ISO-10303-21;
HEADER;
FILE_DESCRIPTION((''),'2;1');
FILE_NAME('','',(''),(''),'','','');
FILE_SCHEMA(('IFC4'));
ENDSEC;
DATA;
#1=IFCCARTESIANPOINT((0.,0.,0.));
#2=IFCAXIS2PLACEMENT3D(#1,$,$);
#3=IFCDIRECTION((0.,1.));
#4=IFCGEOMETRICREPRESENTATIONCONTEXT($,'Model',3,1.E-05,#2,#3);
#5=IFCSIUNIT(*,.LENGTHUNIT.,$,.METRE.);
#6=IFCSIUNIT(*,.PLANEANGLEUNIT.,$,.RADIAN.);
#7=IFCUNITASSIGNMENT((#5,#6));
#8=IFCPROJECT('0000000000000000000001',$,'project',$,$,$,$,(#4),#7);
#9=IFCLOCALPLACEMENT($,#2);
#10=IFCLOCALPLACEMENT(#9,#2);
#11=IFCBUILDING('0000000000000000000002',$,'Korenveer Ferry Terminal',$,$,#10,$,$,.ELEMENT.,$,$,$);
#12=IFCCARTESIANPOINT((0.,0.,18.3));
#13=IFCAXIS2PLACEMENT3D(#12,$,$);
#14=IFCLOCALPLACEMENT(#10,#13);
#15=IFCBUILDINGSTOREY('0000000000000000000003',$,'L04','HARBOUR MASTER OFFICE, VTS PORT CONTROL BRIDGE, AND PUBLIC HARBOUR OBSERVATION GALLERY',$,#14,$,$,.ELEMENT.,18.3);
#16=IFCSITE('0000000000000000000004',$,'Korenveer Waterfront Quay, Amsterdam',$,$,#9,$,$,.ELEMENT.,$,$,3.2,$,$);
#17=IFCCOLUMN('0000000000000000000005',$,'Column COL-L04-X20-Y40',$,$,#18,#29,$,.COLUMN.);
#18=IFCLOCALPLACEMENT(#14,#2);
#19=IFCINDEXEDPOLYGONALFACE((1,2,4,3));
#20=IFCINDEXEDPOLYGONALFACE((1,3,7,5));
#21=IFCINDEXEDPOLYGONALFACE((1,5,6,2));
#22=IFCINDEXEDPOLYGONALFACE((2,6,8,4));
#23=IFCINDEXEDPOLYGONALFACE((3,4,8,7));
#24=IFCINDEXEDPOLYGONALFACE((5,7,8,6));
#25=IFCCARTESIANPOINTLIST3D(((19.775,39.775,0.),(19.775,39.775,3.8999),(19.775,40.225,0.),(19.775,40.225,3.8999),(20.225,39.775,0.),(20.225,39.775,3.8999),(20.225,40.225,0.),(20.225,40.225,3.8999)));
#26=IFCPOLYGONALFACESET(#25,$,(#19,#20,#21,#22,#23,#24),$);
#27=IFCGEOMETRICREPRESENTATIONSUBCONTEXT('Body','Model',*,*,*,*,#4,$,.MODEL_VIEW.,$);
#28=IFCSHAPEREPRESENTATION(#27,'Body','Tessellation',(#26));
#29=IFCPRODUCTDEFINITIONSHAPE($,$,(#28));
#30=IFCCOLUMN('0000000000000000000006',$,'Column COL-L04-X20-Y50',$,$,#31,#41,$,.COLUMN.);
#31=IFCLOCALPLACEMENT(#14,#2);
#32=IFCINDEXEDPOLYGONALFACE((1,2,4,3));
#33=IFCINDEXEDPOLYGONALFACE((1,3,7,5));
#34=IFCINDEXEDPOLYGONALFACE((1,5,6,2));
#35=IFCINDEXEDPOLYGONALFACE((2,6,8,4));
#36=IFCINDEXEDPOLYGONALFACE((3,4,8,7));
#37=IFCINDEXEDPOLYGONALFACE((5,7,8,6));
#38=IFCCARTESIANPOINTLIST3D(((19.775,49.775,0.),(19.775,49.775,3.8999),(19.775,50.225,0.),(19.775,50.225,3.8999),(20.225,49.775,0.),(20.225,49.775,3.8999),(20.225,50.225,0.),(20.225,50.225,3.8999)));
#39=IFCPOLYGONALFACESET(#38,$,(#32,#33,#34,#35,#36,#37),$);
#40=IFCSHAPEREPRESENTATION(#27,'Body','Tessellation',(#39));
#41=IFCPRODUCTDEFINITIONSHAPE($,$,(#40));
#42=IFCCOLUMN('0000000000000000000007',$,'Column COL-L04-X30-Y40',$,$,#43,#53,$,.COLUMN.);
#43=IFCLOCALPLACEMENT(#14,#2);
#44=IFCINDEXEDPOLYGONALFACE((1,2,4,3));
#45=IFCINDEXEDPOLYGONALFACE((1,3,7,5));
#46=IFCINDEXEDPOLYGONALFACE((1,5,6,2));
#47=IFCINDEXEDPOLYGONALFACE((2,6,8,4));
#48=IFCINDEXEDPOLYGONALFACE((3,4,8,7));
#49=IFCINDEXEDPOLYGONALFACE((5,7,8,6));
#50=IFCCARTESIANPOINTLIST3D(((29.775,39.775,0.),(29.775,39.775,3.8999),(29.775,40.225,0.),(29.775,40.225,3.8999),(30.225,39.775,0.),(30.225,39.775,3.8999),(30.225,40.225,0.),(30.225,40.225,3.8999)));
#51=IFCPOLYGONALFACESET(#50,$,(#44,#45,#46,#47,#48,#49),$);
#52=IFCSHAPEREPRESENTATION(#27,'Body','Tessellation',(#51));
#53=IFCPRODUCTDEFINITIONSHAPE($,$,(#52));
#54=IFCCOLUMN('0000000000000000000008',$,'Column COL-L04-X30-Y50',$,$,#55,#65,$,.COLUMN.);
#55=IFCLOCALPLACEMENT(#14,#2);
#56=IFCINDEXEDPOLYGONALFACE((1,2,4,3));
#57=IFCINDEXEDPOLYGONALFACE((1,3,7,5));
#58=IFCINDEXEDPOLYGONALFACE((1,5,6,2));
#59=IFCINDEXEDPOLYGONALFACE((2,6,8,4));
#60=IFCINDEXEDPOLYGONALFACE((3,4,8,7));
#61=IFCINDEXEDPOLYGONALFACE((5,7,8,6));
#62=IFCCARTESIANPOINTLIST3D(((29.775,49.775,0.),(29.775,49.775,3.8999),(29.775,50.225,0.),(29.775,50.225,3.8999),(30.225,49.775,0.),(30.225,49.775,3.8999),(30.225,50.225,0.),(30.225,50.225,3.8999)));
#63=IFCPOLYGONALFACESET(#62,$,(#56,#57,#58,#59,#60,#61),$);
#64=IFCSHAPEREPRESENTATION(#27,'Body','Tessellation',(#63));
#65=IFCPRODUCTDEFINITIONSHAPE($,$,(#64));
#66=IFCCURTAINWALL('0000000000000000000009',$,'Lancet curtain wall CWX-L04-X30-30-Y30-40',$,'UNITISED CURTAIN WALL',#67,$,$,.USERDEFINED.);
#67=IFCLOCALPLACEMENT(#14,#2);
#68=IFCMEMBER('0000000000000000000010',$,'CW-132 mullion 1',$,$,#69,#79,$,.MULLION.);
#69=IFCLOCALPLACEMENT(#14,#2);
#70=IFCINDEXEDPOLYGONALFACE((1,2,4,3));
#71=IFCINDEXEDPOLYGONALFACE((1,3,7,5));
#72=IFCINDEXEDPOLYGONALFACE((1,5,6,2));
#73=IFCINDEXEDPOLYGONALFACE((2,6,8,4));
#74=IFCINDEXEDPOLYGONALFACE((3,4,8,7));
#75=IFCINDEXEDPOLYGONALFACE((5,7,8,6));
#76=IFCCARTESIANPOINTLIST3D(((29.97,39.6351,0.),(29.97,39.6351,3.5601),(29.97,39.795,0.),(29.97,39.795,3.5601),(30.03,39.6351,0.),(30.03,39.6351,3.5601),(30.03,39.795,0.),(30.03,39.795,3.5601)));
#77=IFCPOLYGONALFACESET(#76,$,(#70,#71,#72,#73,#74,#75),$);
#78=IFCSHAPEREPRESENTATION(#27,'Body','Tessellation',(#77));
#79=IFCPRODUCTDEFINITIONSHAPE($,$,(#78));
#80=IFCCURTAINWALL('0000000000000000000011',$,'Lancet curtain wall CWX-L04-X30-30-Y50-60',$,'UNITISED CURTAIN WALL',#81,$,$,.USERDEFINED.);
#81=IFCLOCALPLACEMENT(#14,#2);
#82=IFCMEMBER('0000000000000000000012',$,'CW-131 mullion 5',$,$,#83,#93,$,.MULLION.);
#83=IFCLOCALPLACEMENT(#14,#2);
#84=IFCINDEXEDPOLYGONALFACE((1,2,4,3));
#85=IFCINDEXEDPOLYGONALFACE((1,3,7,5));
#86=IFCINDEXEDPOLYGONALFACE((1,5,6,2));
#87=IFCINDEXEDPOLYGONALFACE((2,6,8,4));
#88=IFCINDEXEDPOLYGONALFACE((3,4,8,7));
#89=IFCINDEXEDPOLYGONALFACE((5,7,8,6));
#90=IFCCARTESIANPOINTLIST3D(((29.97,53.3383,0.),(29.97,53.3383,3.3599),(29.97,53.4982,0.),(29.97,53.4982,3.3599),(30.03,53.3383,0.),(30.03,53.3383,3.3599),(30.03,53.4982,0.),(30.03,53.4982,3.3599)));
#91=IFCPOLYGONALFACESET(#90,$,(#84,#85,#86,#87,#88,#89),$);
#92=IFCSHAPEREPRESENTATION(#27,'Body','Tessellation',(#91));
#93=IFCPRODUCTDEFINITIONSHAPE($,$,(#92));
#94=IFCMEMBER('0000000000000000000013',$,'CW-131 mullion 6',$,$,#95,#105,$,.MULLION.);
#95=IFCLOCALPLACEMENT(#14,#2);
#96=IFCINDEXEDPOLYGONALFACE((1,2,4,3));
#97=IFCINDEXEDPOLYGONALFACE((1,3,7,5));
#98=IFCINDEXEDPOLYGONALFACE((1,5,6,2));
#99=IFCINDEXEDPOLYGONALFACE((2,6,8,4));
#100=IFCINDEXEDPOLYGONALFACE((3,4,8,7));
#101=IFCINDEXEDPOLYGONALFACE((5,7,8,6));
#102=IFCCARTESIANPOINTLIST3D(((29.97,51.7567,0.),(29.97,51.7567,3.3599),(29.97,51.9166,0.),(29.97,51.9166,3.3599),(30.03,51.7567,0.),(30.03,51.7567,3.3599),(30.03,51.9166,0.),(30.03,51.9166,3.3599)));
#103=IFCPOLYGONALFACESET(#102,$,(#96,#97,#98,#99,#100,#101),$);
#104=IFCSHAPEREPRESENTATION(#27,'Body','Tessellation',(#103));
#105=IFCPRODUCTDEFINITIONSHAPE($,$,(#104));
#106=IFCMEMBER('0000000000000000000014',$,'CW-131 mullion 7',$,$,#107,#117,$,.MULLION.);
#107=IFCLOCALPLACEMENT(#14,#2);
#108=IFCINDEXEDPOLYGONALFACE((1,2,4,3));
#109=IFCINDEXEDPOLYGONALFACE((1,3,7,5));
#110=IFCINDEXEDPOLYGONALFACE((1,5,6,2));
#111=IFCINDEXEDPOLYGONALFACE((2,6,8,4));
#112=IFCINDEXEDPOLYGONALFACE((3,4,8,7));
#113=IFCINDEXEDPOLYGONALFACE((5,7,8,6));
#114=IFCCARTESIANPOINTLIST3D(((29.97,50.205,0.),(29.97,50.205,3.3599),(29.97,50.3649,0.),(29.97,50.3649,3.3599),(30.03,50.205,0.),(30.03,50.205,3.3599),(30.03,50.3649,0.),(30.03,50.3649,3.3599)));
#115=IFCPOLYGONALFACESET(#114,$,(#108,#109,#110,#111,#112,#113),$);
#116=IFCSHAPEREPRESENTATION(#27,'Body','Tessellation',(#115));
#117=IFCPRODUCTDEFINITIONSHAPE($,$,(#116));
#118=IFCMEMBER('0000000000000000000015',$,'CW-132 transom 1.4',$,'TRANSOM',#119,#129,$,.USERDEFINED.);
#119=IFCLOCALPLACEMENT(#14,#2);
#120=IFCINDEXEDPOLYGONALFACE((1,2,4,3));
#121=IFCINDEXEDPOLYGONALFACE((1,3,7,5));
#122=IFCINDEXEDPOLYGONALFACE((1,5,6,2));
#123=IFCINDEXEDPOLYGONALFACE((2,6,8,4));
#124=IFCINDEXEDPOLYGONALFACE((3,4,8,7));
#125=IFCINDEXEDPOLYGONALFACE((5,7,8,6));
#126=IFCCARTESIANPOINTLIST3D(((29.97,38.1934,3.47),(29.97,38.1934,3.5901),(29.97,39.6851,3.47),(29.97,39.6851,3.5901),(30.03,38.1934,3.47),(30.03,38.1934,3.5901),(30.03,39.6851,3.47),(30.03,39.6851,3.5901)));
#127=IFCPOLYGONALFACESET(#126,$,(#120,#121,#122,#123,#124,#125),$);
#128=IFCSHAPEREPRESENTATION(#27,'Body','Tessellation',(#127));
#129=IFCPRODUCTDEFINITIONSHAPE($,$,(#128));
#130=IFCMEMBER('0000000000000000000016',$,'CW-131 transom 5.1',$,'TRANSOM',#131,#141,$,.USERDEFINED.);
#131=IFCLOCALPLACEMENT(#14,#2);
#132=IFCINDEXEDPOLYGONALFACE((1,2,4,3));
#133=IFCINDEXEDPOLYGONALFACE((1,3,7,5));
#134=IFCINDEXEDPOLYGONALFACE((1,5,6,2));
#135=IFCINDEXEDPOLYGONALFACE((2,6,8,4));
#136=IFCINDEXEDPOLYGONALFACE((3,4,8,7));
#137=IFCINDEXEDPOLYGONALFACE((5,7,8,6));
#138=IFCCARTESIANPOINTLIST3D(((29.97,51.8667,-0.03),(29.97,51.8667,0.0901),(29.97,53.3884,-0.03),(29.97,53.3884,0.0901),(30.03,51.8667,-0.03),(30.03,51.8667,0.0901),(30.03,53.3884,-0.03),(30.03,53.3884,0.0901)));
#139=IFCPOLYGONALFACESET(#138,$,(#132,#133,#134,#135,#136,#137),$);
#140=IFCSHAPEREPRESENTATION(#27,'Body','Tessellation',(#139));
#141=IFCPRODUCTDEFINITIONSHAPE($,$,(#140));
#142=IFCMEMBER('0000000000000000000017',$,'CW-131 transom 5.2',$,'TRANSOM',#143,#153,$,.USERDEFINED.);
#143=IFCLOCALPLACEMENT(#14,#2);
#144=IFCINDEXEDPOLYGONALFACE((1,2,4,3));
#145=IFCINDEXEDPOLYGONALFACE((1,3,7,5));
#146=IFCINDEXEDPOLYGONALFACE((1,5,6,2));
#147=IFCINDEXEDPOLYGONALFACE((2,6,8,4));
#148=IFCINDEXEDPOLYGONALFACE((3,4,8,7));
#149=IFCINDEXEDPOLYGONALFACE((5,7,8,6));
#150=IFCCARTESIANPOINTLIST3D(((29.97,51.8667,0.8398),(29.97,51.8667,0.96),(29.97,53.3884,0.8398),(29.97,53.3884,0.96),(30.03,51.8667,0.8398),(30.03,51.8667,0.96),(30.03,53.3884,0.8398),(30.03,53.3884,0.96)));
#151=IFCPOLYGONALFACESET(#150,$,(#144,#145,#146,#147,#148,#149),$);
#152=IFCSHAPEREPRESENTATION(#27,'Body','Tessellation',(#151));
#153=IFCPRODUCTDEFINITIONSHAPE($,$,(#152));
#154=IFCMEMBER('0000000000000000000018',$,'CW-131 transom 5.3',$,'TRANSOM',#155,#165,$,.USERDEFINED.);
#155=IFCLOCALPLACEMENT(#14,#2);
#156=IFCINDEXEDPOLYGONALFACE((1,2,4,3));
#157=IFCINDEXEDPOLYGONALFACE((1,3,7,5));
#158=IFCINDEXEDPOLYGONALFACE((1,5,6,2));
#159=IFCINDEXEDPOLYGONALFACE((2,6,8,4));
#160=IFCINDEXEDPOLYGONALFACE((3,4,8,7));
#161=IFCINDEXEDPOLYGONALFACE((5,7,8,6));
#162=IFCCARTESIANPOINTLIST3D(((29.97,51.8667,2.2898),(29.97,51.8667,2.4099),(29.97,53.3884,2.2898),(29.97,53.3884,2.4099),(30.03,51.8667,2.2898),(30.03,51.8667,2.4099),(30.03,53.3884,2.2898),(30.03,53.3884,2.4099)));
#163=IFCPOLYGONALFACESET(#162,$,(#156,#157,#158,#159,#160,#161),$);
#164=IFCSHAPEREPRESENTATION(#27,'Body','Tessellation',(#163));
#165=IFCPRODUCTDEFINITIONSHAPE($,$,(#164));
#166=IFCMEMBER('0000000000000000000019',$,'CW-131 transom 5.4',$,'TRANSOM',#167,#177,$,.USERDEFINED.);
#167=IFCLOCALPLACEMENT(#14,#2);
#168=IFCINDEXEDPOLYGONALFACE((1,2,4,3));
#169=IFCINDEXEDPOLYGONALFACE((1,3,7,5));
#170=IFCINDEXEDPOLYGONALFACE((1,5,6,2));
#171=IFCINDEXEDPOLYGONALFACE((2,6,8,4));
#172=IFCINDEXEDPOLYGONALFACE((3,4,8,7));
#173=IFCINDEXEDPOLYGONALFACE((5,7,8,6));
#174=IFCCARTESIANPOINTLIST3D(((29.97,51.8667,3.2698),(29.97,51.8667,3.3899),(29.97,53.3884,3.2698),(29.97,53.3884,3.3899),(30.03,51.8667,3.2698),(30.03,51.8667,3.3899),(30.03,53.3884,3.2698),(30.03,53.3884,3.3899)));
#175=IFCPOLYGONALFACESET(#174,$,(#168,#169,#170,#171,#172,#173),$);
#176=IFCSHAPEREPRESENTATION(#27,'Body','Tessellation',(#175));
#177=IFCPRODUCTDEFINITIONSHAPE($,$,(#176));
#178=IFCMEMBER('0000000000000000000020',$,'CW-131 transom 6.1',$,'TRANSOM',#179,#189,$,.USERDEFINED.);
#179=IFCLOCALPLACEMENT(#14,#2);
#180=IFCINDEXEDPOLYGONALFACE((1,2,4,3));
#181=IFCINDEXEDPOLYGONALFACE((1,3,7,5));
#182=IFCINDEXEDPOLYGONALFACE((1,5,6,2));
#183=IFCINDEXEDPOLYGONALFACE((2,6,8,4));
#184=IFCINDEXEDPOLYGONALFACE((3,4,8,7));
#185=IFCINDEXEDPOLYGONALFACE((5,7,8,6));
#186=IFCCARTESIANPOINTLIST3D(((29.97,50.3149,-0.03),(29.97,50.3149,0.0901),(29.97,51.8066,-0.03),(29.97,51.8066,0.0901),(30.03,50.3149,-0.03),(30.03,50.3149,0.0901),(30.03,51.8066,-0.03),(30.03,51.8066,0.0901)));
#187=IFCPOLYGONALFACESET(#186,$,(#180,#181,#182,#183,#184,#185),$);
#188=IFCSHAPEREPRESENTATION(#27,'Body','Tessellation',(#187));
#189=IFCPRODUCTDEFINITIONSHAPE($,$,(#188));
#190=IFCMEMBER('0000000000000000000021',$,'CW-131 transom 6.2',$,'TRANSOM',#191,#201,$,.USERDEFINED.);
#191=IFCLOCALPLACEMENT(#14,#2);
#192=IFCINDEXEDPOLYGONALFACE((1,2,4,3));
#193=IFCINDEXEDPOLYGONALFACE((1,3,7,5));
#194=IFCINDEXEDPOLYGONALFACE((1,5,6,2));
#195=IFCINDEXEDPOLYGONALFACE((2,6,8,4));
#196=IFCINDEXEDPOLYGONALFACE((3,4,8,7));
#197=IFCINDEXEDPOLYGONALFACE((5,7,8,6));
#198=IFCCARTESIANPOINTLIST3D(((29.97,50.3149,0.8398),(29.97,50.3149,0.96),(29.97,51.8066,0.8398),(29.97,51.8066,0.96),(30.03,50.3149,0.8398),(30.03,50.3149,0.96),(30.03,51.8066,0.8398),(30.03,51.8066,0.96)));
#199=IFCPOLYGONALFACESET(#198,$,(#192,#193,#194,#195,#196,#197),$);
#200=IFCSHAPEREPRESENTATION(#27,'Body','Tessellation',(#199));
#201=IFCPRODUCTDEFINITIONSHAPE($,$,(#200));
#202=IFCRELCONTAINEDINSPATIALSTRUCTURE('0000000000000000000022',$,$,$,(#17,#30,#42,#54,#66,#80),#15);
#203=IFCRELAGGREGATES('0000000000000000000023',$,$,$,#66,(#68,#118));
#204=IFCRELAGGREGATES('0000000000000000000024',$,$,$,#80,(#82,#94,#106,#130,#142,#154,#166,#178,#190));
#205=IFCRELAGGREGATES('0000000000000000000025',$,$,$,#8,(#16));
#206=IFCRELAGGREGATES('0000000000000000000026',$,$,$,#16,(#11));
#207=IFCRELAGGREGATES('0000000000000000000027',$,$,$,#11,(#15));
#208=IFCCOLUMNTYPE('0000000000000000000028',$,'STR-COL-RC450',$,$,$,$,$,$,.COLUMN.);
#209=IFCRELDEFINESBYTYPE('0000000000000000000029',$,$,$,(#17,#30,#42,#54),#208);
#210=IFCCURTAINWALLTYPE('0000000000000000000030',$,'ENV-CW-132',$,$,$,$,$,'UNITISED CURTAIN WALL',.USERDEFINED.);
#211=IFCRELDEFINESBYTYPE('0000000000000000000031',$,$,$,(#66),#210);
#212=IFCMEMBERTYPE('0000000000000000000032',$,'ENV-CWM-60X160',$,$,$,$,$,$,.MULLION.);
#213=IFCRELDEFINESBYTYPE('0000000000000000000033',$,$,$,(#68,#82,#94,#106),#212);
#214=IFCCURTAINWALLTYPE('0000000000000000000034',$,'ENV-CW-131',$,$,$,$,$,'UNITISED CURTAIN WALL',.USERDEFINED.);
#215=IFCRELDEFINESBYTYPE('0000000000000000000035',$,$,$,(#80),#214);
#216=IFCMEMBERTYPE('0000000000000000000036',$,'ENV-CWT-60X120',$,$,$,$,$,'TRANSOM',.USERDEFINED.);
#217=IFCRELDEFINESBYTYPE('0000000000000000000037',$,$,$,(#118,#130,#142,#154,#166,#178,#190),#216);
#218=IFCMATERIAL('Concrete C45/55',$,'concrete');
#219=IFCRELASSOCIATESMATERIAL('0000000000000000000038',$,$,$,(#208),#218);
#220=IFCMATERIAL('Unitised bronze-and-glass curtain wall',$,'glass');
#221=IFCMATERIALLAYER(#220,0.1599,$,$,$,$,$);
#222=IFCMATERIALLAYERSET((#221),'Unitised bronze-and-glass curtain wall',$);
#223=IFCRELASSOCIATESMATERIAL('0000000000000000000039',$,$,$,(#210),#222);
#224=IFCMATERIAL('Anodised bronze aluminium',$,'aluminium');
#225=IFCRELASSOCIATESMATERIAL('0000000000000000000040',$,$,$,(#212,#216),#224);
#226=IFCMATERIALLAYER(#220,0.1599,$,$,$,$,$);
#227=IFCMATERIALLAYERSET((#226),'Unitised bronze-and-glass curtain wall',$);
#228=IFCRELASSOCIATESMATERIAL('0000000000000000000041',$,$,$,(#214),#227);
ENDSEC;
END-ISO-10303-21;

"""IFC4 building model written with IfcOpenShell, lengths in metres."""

from ifc_helpers import new_model, si_unit, direction, frame, origin, origin_2d, place, context, subcontext, project, spatial, rectangle, extrude, material, layer, layer_set, material_profile, profile_set, type_object, element, aggregate, save


model = new_model("IFC4")

# Units and contexts
model_context = context("Model", 3, precision=1e-05, world=origin(), true_north=direction((0.0, 1.0)))
body_context = subcontext(model_context, "Body", "Model", "MODEL_VIEW")
ifc_project = project(units=[si_unit("LENGTHUNIT", "METRE"), si_unit("PLANEANGLEUNIT", "RADIAN")], contexts=[model_context])

# Site, building, storey
site_placement = place(None, origin())
site = spatial("IfcSite", under=ifc_project, at=site_placement, Name="Korenveer Waterfront Quay, Amsterdam", CompositionType="ELEMENT", RefElevation=3.2)
building_placement = place(site_placement, origin())
building = spatial("IfcBuilding", under=site, at=building_placement, Name="Korenveer Ferry Terminal", CompositionType="ELEMENT")
storey_placement = place(building_placement, frame((0.0, 0.0, 18.3)))
storey = spatial("IfcBuildingStorey", under=building, at=storey_placement, Name="L04", Description="HARBOUR MASTER OFFICE, VTS PORT CONTROL BRIDGE, AND PUBLIC HARBOUR OBSERVATION GALLERY", CompositionType="ELEMENT", Elevation=18.3)

# Columns
ifc_material_1 = material(Name="Concrete C45/55", Category="concrete")
ifc_material_profile_1 = material_profile(ifc_material_1, rectangle(XDim=0.45, YDim=0.45, at=origin_2d()), Name="RC 450x450")
ifc_profile_set_1 = profile_set([ifc_material_profile_1], Name="Concrete C45/55")
column_type = type_object("IfcColumnType", Name="STR-COL-RC450", PredefinedType="COLUMN", material=ifc_profile_set_1)
for number, where, z_axis, x_axis, name in (
    (1, (20.0, 40.0, 0.0), (0.0, 0.0, 1.0), (1.0, 0.0, 0.0), "Column COL-L04-X20-Y40"),
    (2, (20.0, 50.0, 0.0), (0.0, 0.0, 1.0), (1.0, 0.0, 0.0), "Column COL-L04-X20-Y50"),
    (3, (30.0, 40.0, 0.0), (0.0, 0.0, 1.0), (1.0, 0.0, 0.0), "Column COL-L04-X30-Y40"),
    (4, (30.0, 50.0, 0.0), (0.0, 0.0, 1.0), (1.0, 0.0, 0.0), "Column COL-L04-X30-Y50"),
):
    element("IfcColumn", number, at=place(storey_placement, frame(where, z_axis=z_axis, x_axis=x_axis)), inside=storey, type_object=column_type, Name=name, PredefinedType="COLUMN", context=body_context, shape_type="SweptSolid", body=[
        extrude(rectangle(XDim=0.45, YDim=0.45, at=origin_2d()), origin(), (0.0, 0.0, 1.0), 3.8999),
    ])

# Curtain wall, member
ifc_material_2 = material(Name="Unitised bronze-and-glass curtain wall", Category="glass")
ifc_layer_1 = layer(ifc_material_2, 0.1599)
ifc_layer_set_1 = layer_set([ifc_layer_1], Name="Unitised bronze-and-glass curtain wall")
curtain_wall_type_1 = type_object("IfcCurtainWallType", Name="ENV-CW-132", ElementType="UNITISED CURTAIN WALL", PredefinedType="USERDEFINED", material=ifc_layer_set_1)
curtain_wall_1_placement = place(storey_placement, frame((30.0, 39.7451, 0.0)))
curtain_wall_1 = element("IfcCurtainWall", 5, at=curtain_wall_1_placement, inside=storey, type_object=curtain_wall_type_1, Name="Lancet curtain wall CWX-L04-X30-30-Y30-40", ObjectType="UNITISED CURTAIN WALL", PredefinedType="USERDEFINED")
ifc_material_3 = material(Name="Anodised bronze aluminium", Category="aluminium")
ifc_material_profile_2 = material_profile(ifc_material_3, rectangle(XDim=0.0601, YDim=0.1599, at=origin_2d()), Name="ALU 60x160")
ifc_profile_set_2 = profile_set([ifc_material_profile_2], Name="Anodised bronze aluminium")
member_type_1 = type_object("IfcMemberType", Name="ENV-CWM-60X160", PredefinedType="MULLION", material=ifc_profile_set_2)
member_1_placement = place(storey_placement, frame((30.0, 39.7151, 0.0), z_axis=(0.0, 0.0, 1.0), x_axis=(1.0, 0.0, 0.0)))
member_1 = element("IfcMember", 6, at=member_1_placement, type_object=member_type_1, Name="CW-132 mullion 1", PredefinedType="MULLION", context=body_context, shape_type="SweptSolid", body=[
    extrude(rectangle(XDim=0.0601, YDim=0.1599, at=origin_2d()), origin(), (0.0, 0.0, 1.0), 3.5601),
])

# Curtain wall, members
ifc_layer_2 = layer(ifc_material_2, 0.1599)
ifc_layer_set_2 = layer_set([ifc_layer_2], Name="Unitised bronze-and-glass curtain wall")
curtain_wall_type_2 = type_object("IfcCurtainWallType", Name="ENV-CW-131", ElementType="UNITISED CURTAIN WALL", PredefinedType="USERDEFINED", material=ifc_layer_set_2)
curtain_wall_2_placement = place(storey_placement, frame((30.0, 59.7451, 0.0)))
curtain_wall_2 = element("IfcCurtainWall", 7, at=curtain_wall_2_placement, inside=storey, type_object=curtain_wall_type_2, Name="Lancet curtain wall CWX-L04-X30-30-Y50-60", ObjectType="UNITISED CURTAIN WALL", PredefinedType="USERDEFINED")
member_2_placement = place(storey_placement, frame((30.0, 53.4182, 0.0), z_axis=(0.0, 0.0, 1.0), x_axis=(1.0, 0.0, 0.0)))
member_2 = element("IfcMember", 8, at=member_2_placement, type_object=member_type_1, Name="CW-131 mullion 5", PredefinedType="MULLION", context=body_context, shape_type="SweptSolid", body=[
    extrude(rectangle(XDim=0.0601, YDim=0.1599, at=origin_2d()), origin(), (0.0, 0.0, 1.0), 3.3599),
])
member_3_placement = place(storey_placement, frame((30.0, 51.8367, 0.0), z_axis=(0.0, 0.0, 1.0), x_axis=(1.0, 0.0, 0.0)))
member_3 = element("IfcMember", 9, at=member_3_placement, type_object=member_type_1, Name="CW-131 mullion 6", PredefinedType="MULLION", context=body_context, shape_type="SweptSolid", body=[
    extrude(rectangle(XDim=0.0601, YDim=0.1599, at=origin_2d()), origin(), (0.0, 0.0, 1.0), 3.3599),
])
member_4_placement = place(storey_placement, frame((30.0, 50.2849, 0.0), z_axis=(0.0, 0.0, 1.0), x_axis=(1.0, 0.0, 0.0)))
member_4 = element("IfcMember", 10, at=member_4_placement, type_object=member_type_1, Name="CW-131 mullion 7", PredefinedType="MULLION", context=body_context, shape_type="SweptSolid", body=[
    extrude(rectangle(XDim=0.0601, YDim=0.1599, at=origin_2d()), origin(), (0.0, 0.0, 1.0), 3.3599),
])

# Members
ifc_material_profile_3 = material_profile(ifc_material_3, rectangle(XDim=0.0601, YDim=0.1201, at=origin_2d()), Name="ALU 60x120")
ifc_profile_set_3 = profile_set([ifc_material_profile_3], Name="Anodised bronze aluminium")
member_type_2 = type_object("IfcMemberType", Name="ENV-CWT-60X120", ElementType="TRANSOM", PredefinedType="USERDEFINED", material=ifc_profile_set_3)
member_5_placement = place(storey_placement, frame((30.0, 39.6851, 3.53), z_axis=(0.0, -1.0, 0.0), x_axis=(1.0, 0.0, 0.0)))
member_5 = element("IfcMember", 11, at=member_5_placement, type_object=member_type_2, Name="CW-132 transom 1.4", ObjectType="TRANSOM", PredefinedType="USERDEFINED", context=body_context, shape_type="SweptSolid", body=[
    extrude(rectangle(XDim=0.0601, YDim=0.1201, at=origin_2d()), origin(), (0.0, 0.0, 1.0), 1.4917),
])
aggregate(curtain_wall_1, [member_1, member_5])
member_6_placement = place(storey_placement, frame((30.0, 53.3884, 0.03), z_axis=(0.0, -1.0, 0.0), x_axis=(1.0, 0.0, 0.0)))
member_6 = element("IfcMember", 12, at=member_6_placement, type_object=member_type_2, Name="CW-131 transom 5.1", ObjectType="TRANSOM", PredefinedType="USERDEFINED", context=body_context, shape_type="SweptSolid", body=[
    extrude(rectangle(XDim=0.0601, YDim=0.1201, at=origin_2d()), origin(), (0.0, 0.0, 1.0), 1.5217),
])
member_7_placement = place(storey_placement, frame((30.0, 53.3884, 0.8999), z_axis=(0.0, -1.0, 0.0), x_axis=(1.0, 0.0, 0.0)))
member_7 = element("IfcMember", 13, at=member_7_placement, type_object=member_type_2, Name="CW-131 transom 5.2", ObjectType="TRANSOM", PredefinedType="USERDEFINED", context=body_context, shape_type="SweptSolid", body=[
    extrude(rectangle(XDim=0.0601, YDim=0.1201, at=origin_2d()), origin(), (0.0, 0.0, 1.0), 1.5217),
])
member_8_placement = place(storey_placement, frame((30.0, 53.3884, 2.3499), z_axis=(0.0, -1.0, 0.0), x_axis=(1.0, 0.0, 0.0)))
member_8 = element("IfcMember", 14, at=member_8_placement, type_object=member_type_2, Name="CW-131 transom 5.3", ObjectType="TRANSOM", PredefinedType="USERDEFINED", context=body_context, shape_type="SweptSolid", body=[
    extrude(rectangle(XDim=0.0601, YDim=0.1201, at=origin_2d()), origin(), (0.0, 0.0, 1.0), 1.5217),
])
member_9_placement = place(storey_placement, frame((30.0, 53.3884, 3.3298), z_axis=(0.0, -1.0, 0.0), x_axis=(1.0, 0.0, 0.0)))
member_9 = element("IfcMember", 15, at=member_9_placement, type_object=member_type_2, Name="CW-131 transom 5.4", ObjectType="TRANSOM", PredefinedType="USERDEFINED", context=body_context, shape_type="SweptSolid", body=[
    extrude(rectangle(XDim=0.0601, YDim=0.1201, at=origin_2d()), origin(), (0.0, 0.0, 1.0), 1.5217),
])
member_10_placement = place(storey_placement, frame((30.0, 51.8066, 0.03), z_axis=(0.0, -1.0, 0.0), x_axis=(1.0, 0.0, 0.0)))
member_10 = element("IfcMember", 16, at=member_10_placement, type_object=member_type_2, Name="CW-131 transom 6.1", ObjectType="TRANSOM", PredefinedType="USERDEFINED", context=body_context, shape_type="SweptSolid", body=[
    extrude(rectangle(XDim=0.0601, YDim=0.1201, at=origin_2d()), origin(), (0.0, 0.0, 1.0), 1.4917),
])
member_11_placement = place(storey_placement, frame((30.0, 51.8066, 0.8999), z_axis=(0.0, -1.0, 0.0), x_axis=(1.0, 0.0, 0.0)))
member_11 = element("IfcMember", 17, at=member_11_placement, type_object=member_type_2, Name="CW-131 transom 6.2", ObjectType="TRANSOM", PredefinedType="USERDEFINED", context=body_context, shape_type="SweptSolid", body=[
    extrude(rectangle(XDim=0.0601, YDim=0.1201, at=origin_2d()), origin(), (0.0, 0.0, 1.0), 1.4917),
])

aggregate(curtain_wall_2, [member_2, member_3, member_4, member_6, member_7, member_8, member_9, member_10, member_11])

save(model, "model.ifc")
